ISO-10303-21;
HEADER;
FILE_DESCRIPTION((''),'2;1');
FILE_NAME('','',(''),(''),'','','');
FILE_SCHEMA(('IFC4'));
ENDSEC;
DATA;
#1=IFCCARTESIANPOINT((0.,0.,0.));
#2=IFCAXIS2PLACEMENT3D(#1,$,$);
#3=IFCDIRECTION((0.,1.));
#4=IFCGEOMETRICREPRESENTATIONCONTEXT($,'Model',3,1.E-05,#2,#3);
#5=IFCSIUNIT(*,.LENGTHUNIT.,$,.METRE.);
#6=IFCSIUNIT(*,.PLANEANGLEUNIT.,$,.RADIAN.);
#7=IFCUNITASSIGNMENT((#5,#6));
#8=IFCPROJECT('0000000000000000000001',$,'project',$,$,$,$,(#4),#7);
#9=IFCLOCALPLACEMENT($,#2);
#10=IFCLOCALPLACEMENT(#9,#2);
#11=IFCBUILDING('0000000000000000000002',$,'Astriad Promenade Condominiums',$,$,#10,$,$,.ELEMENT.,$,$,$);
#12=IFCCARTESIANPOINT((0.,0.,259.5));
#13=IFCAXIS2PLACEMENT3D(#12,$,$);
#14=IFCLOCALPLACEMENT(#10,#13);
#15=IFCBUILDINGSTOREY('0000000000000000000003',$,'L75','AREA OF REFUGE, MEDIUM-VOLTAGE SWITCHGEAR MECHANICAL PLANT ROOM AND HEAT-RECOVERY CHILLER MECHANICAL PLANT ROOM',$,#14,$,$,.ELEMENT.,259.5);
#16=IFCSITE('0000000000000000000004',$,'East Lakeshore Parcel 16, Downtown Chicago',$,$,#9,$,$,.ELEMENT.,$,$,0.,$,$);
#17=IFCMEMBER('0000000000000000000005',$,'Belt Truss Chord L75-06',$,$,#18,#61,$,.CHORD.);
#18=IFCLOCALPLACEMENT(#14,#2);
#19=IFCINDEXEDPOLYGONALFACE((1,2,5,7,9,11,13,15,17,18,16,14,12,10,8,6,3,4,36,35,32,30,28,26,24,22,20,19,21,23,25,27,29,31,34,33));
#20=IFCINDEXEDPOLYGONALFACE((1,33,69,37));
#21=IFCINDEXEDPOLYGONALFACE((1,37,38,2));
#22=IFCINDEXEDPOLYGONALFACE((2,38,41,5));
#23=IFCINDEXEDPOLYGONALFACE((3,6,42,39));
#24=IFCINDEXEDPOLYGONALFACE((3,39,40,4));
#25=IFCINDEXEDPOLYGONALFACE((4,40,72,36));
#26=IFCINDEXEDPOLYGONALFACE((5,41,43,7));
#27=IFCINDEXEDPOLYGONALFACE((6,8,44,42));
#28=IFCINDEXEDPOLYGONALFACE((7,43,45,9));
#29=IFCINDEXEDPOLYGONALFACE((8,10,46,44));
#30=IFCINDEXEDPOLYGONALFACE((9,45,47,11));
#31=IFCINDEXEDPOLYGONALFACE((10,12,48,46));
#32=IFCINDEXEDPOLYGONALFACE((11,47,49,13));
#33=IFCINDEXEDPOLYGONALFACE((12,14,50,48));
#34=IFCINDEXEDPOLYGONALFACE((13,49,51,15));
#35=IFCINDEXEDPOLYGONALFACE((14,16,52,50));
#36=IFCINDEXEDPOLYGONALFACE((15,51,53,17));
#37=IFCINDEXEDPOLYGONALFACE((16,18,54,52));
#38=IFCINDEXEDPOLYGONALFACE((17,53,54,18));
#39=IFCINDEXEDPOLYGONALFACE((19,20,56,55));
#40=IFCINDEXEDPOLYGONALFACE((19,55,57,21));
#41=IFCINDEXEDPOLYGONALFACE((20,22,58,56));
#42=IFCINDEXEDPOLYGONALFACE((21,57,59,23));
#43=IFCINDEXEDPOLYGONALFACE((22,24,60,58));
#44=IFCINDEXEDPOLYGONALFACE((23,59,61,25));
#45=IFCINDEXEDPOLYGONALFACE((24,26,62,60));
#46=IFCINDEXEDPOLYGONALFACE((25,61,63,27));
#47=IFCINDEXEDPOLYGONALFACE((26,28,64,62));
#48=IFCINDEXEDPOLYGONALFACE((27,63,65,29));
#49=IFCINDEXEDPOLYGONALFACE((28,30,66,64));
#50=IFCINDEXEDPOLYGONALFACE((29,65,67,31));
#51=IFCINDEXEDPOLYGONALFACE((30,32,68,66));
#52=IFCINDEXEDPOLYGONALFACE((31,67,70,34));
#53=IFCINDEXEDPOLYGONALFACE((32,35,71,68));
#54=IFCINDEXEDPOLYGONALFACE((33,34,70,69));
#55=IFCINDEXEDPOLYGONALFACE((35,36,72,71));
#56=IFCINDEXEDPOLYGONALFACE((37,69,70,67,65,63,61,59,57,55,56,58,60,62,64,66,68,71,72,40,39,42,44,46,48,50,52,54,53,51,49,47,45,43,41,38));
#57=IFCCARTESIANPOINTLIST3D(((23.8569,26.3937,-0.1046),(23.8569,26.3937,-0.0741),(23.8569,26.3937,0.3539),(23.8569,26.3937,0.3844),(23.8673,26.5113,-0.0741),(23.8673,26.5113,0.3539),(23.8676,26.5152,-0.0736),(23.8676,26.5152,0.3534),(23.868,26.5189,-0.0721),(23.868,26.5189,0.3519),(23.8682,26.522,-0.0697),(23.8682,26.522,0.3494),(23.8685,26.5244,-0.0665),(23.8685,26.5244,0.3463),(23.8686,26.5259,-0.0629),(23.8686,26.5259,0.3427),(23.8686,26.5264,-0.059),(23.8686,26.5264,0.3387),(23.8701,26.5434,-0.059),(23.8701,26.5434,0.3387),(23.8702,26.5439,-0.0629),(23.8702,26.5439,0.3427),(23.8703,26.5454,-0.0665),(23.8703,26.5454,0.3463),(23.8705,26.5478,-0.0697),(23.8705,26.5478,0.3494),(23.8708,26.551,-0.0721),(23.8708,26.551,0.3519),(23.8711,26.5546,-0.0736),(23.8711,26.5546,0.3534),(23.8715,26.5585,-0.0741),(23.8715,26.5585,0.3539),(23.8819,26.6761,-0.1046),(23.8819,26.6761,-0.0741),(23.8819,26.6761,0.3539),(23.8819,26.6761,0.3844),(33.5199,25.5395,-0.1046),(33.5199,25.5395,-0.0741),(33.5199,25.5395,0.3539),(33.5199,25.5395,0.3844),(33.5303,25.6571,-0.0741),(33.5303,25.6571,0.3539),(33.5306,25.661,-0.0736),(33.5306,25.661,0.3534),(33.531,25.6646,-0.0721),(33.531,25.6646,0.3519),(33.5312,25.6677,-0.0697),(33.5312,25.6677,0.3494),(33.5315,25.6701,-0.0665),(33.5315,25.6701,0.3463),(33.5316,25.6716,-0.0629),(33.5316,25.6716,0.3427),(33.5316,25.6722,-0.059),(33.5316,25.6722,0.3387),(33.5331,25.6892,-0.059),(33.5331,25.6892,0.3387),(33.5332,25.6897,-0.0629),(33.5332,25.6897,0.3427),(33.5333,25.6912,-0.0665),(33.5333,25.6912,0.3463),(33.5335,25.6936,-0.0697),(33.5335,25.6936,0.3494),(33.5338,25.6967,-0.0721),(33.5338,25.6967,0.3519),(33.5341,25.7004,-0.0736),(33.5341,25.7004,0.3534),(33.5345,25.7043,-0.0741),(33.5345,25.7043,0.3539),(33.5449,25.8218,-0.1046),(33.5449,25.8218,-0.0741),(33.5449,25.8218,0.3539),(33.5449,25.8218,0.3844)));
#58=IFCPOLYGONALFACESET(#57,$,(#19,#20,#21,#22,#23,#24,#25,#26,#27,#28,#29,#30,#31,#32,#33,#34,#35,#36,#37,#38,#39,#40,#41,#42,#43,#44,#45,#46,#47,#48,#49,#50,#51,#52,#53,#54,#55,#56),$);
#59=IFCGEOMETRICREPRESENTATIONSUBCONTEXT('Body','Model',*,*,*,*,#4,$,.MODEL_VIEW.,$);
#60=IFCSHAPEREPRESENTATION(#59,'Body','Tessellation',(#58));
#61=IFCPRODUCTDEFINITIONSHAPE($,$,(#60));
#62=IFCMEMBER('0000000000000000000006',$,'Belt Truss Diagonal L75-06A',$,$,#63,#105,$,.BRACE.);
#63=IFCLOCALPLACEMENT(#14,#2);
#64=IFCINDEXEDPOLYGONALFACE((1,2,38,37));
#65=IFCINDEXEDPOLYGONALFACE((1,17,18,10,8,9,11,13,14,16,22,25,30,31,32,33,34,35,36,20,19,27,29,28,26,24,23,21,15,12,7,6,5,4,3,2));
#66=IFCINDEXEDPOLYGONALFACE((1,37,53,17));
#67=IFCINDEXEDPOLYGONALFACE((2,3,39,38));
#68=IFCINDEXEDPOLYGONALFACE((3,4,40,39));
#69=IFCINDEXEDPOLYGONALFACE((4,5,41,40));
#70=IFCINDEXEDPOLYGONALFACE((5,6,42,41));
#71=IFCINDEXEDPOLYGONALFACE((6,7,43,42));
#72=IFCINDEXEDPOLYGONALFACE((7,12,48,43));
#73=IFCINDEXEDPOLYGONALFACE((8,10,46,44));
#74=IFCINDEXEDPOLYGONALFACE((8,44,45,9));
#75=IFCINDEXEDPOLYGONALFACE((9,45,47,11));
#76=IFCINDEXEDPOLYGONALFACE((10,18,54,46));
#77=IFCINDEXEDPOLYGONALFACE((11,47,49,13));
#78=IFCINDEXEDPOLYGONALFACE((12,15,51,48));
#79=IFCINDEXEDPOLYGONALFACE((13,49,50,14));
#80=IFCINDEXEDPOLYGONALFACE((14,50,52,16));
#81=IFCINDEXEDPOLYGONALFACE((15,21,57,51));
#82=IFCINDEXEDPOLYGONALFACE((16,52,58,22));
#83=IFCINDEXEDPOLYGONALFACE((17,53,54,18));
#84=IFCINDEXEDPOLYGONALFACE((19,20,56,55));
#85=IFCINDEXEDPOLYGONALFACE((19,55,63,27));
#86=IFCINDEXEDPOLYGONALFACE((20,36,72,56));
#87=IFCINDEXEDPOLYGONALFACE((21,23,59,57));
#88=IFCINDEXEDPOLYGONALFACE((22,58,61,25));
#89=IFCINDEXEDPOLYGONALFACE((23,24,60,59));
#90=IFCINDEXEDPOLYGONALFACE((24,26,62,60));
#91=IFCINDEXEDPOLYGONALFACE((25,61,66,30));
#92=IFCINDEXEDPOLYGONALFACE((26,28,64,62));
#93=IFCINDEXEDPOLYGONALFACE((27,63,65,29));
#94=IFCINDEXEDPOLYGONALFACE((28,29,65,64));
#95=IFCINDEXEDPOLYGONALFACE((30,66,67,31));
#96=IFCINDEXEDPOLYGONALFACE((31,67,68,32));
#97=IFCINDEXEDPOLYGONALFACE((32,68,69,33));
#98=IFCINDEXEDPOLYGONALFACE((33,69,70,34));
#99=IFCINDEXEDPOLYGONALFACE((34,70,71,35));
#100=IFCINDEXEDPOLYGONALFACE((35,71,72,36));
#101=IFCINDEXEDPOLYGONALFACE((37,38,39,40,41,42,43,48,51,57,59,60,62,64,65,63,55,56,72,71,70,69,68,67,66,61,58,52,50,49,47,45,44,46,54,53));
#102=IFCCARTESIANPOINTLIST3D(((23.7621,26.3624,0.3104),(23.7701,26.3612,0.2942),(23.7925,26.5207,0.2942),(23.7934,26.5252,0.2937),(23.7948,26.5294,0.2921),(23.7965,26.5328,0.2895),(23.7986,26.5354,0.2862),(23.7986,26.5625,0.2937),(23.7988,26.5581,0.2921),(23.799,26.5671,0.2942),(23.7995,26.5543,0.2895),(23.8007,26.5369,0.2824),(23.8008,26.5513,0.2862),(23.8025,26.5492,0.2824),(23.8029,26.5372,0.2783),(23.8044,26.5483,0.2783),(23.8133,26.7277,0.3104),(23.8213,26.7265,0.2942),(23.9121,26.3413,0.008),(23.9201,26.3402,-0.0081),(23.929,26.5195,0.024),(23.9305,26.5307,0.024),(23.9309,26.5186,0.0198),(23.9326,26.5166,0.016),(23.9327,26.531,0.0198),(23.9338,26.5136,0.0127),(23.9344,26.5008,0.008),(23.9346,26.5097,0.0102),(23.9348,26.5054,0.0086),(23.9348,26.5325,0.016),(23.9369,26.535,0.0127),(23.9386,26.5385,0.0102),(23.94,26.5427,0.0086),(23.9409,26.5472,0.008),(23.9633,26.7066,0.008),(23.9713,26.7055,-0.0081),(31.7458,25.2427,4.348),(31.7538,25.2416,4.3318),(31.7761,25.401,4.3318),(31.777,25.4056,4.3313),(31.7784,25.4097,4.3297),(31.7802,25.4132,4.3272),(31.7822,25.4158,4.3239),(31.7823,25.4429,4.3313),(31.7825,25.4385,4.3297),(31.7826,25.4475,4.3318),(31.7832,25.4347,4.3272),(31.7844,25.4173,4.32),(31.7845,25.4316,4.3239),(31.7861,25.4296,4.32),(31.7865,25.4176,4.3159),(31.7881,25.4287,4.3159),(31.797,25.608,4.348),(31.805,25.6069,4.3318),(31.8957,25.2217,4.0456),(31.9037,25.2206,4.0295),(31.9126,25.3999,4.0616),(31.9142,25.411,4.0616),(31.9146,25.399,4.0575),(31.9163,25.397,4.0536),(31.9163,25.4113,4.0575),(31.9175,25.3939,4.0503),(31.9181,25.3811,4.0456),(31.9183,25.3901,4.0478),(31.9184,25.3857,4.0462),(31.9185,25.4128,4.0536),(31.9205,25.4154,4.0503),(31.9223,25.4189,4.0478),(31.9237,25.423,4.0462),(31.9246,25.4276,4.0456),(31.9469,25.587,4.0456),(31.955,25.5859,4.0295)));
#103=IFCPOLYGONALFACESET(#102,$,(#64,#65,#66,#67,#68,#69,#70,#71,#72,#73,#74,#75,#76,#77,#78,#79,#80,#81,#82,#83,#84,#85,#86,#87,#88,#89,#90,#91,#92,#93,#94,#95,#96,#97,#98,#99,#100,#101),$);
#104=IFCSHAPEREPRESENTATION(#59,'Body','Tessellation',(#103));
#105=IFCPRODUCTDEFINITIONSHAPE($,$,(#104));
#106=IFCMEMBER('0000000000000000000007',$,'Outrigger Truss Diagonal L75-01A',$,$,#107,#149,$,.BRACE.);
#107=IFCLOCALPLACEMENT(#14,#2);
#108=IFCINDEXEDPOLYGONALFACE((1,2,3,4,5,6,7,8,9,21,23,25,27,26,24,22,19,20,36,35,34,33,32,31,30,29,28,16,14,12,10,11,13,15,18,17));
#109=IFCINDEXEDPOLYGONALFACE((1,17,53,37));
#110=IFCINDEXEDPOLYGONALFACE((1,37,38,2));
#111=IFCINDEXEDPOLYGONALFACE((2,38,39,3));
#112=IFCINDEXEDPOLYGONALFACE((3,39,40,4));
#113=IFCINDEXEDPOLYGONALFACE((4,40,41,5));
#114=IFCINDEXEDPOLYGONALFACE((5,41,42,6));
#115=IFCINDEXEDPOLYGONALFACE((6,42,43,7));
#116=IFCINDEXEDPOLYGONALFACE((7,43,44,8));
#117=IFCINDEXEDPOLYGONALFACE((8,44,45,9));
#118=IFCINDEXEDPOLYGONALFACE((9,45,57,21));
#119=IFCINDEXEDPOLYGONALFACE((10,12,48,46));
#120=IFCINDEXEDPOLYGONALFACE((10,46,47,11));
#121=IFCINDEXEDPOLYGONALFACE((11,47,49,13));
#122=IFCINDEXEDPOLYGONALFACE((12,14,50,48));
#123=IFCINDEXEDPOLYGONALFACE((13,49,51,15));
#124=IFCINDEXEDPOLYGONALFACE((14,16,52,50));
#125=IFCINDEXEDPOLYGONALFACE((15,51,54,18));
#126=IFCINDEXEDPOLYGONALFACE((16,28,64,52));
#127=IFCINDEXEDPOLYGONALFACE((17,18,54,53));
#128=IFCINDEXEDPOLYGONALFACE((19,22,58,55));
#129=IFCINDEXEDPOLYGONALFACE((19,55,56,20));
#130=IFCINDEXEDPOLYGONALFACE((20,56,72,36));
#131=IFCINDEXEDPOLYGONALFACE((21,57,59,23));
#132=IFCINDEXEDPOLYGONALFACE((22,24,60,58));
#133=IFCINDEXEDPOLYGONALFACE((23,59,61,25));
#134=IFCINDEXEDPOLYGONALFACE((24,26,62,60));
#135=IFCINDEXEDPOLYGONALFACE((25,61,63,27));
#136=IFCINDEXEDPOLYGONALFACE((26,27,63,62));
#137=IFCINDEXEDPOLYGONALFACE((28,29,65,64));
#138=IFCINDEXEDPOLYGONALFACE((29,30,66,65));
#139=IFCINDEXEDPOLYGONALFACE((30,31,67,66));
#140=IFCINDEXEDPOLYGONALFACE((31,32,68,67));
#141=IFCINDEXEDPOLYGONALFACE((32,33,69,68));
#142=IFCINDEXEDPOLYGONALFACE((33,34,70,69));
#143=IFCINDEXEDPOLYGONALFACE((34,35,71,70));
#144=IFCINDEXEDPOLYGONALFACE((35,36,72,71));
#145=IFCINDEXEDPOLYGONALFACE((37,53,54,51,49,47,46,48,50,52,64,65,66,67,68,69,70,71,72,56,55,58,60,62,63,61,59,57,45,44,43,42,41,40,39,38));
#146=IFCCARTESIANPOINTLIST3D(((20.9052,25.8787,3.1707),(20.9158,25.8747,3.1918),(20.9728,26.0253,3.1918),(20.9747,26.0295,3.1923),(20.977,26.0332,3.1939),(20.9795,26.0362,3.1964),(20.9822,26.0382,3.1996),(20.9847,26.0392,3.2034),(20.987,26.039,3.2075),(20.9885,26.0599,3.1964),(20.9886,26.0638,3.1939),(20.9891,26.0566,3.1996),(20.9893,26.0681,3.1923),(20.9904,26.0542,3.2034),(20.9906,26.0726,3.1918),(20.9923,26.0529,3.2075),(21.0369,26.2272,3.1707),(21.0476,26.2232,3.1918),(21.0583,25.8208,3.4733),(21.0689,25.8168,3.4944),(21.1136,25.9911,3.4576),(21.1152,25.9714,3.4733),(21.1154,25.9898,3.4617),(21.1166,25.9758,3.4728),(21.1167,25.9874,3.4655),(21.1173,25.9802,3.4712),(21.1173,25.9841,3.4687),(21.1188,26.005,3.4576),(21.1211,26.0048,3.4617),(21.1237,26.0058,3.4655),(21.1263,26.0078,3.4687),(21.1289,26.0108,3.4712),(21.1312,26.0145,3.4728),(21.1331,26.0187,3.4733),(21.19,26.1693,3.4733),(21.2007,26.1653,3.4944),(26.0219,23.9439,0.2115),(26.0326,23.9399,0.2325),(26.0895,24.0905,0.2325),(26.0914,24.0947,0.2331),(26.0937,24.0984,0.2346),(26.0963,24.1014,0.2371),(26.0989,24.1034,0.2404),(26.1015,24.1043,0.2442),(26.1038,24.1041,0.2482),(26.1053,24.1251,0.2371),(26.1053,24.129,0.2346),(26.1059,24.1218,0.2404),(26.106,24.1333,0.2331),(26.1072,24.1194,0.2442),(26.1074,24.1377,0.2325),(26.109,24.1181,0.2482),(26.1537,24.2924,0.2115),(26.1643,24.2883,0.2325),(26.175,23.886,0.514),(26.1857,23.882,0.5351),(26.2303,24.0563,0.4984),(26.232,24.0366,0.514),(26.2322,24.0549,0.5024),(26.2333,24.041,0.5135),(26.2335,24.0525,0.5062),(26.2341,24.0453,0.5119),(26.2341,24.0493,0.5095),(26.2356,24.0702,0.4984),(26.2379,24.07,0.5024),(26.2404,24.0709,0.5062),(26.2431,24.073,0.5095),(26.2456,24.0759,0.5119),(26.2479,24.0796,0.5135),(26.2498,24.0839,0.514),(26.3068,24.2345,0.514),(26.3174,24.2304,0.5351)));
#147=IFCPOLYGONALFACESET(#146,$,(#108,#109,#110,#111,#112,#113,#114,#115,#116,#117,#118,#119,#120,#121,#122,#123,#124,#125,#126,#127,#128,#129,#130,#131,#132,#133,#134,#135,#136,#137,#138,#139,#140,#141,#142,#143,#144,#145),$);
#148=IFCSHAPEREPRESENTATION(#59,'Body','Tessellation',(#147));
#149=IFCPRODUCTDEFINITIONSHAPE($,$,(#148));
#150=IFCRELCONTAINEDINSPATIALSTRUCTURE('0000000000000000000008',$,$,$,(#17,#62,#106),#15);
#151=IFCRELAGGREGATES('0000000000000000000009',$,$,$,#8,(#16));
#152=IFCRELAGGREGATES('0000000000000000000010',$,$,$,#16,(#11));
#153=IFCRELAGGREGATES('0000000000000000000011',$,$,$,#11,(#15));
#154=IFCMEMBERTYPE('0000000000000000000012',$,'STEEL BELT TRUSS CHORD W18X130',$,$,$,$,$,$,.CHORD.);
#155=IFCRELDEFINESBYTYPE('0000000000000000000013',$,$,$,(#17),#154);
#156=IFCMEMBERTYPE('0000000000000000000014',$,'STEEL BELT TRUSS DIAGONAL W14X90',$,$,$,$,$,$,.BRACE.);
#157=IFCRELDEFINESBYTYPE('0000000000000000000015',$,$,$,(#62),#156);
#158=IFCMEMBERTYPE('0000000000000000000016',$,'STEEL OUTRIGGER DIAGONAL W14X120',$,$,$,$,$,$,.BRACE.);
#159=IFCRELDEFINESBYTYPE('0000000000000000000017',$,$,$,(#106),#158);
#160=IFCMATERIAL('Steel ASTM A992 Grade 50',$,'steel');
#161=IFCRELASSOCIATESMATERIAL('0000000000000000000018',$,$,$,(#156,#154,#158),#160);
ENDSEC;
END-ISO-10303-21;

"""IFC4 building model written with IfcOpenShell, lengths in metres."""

from ifc_helpers import new_model, si_unit, direction, frame, origin, origin_2d, place, context, subcontext, project, spatial, i_section, extrude, source, transform, mapped, material, material_profile, profile_set, type_object, type_shapes, element, save


model = new_model("IFC4")

# Units and contexts
model_context = context("Model", 3, precision=1e-05, world=origin(), true_north=direction((0.0, 1.0)))
body_context = subcontext(model_context, "Body", "Model", "MODEL_VIEW")
ifc_project = project(units=[si_unit("LENGTHUNIT", "METRE"), si_unit("PLANEANGLEUNIT", "RADIAN")], contexts=[model_context])

# Site, building, storey
site_placement = place(None, origin())
site = spatial("IfcSite", under=ifc_project, at=site_placement, Name="East Lakeshore Parcel 16, Downtown Chicago", CompositionType="ELEMENT", RefElevation=0.0)
building_placement = place(site_placement, origin())
building = spatial("IfcBuilding", under=site, at=building_placement, Name="Astriad Promenade Condominiums", CompositionType="ELEMENT")
storey_placement = place(building_placement, frame((0.0, 0.0, 259.5)))
storey = spatial("IfcBuildingStorey", under=building, at=storey_placement, Name="L75", Description="AREA OF REFUGE, MEDIUM-VOLTAGE SWITCHGEAR MECHANICAL PLANT ROOM AND HEAT-RECOVERY CHILLER MECHANICAL PLANT ROOM", CompositionType="ELEMENT", Elevation=259.5)

# Shared definitions
ifc_material_1 = material(Name="Steel ASTM A992 Grade 50", Category="steel")

# Members
ifc_material_profile_1 = material_profile(ifc_material_1, i_section(OverallWidth=0.3689, OverallDepth=0.3562, WebThickness=0.0112, FlangeThickness=0.0181, FilletRadius=0.0178, at=origin_2d()), Name="W14X90")
ifc_profile_set_1 = profile_set([ifc_material_profile_1], Name="Steel ASTM A992 Grade 50")
member_type_1 = type_object("IfcMemberType", Name="STEEL BELT TRUSS DIAGONAL W14X90", PredefinedType="BRACE", material=ifc_profile_set_1)
ifc_material_profile_2 = material_profile(ifc_material_1, i_section(OverallWidth=0.2834, OverallDepth=0.489, WebThickness=0.0171, FlangeThickness=0.0305, FilletRadius=0.0151, at=origin_2d()), Name="W18X130")
ifc_profile_set_2 = profile_set([ifc_material_profile_2], Name="Steel ASTM A992 Grade 50")
member_type_2 = type_object("IfcMemberType", Name="STEEL BELT TRUSS CHORD W18X130", PredefinedType="CHORD", material=ifc_profile_set_2)
shared_shape_1 = source(origin(), body_context, "Body", "SweptSolid", [
    extrude(i_section(OverallWidth=0.2834, OverallDepth=0.489, WebThickness=0.0171, FlangeThickness=0.0305, FilletRadius=0.0151, at=origin_2d()), origin(), (0.0, 0.0, 1.0), 9.7007),
])
type_shapes(member_type_2, [shared_shape_1])
member_1_placement = place(storey_placement, frame((23.8694, 26.5349, 0.1399), z_axis=(0.996115, -0.08806, 0.0), x_axis=(0.08806, 0.996115, 0.0)))
element("IfcMember", 1, at=member_1_placement, inside=storey, type_object=member_type_2, Name="Belt Truss Chord L75-06", PredefinedType="CHORD", context=body_context, shape_type="MappedRepresentation", body=[
    mapped(shared_shape_1, transform((0.0, 0.0, 0.0), scale=1.0)),
])
shared_shape_2 = source(origin(), body_context, "Body", "SweptSolid", [
    extrude(i_section(OverallWidth=0.3689, OverallDepth=0.3562, WebThickness=0.0112, FlangeThickness=0.0181, FilletRadius=0.0178, at=origin_2d()), origin(), (0.0, 0.0, 1.0), 9.0164),
])
member_2_placement = place(storey_placement, frame((23.8667, 26.5339, 0.1511), z_axis=(0.885464, -0.124178, 0.447809), x_axis=(0.138881, 0.990309, 0.0)))
element("IfcMember", 2, at=member_2_placement, inside=storey, type_object=member_type_1, Name="Belt Truss Diagonal L75-06A", PredefinedType="BRACE", context=body_context, shape_type="MappedRepresentation", body=[
    mapped(shared_shape_2, transform((0.0, 0.0, 0.0), scale=1.0)),
])
ifc_material_profile_3 = material_profile(ifc_material_1, i_section(OverallWidth=0.3726, OverallDepth=0.3679, WebThickness=0.0149, FlangeThickness=0.0239, FilletRadius=0.0178, at=origin_2d()), Name="W14X120")
ifc_profile_set_3 = profile_set([ifc_material_profile_3], Name="Steel ASTM A992 Grade 50")
member_type_3 = type_object("IfcMemberType", Name="STEEL OUTRIGGER DIAGONAL W14X120", PredefinedType="BRACE", material=ifc_profile_set_3)
shared_shape_3 = source(origin(), body_context, "Body", "SweptSolid", [
    extrude(i_section(OverallWidth=0.3726, OverallDepth=0.3679, WebThickness=0.0149, FlangeThickness=0.0239, FilletRadius=0.0178, at=origin_2d()), origin(), (0.0, 0.0, 1.0), 6.2195),
])
member_3_placement = place(storey_placement, frame((26.1697, 24.0872, 0.3733), z_axis=(-0.822698, 0.311093, 0.475805), x_axis=(-0.353695, -0.935361, 0.0)))
element("IfcMember", 3, at=member_3_placement, inside=storey, type_object=member_type_3, Name="Outrigger Truss Diagonal L75-01A", PredefinedType="BRACE", context=body_context, shape_type="MappedRepresentation", body=[
    mapped(shared_shape_3, transform((0.0, 0.0, 0.0), scale=1.0)),
])

save(model, "model.ifc")
